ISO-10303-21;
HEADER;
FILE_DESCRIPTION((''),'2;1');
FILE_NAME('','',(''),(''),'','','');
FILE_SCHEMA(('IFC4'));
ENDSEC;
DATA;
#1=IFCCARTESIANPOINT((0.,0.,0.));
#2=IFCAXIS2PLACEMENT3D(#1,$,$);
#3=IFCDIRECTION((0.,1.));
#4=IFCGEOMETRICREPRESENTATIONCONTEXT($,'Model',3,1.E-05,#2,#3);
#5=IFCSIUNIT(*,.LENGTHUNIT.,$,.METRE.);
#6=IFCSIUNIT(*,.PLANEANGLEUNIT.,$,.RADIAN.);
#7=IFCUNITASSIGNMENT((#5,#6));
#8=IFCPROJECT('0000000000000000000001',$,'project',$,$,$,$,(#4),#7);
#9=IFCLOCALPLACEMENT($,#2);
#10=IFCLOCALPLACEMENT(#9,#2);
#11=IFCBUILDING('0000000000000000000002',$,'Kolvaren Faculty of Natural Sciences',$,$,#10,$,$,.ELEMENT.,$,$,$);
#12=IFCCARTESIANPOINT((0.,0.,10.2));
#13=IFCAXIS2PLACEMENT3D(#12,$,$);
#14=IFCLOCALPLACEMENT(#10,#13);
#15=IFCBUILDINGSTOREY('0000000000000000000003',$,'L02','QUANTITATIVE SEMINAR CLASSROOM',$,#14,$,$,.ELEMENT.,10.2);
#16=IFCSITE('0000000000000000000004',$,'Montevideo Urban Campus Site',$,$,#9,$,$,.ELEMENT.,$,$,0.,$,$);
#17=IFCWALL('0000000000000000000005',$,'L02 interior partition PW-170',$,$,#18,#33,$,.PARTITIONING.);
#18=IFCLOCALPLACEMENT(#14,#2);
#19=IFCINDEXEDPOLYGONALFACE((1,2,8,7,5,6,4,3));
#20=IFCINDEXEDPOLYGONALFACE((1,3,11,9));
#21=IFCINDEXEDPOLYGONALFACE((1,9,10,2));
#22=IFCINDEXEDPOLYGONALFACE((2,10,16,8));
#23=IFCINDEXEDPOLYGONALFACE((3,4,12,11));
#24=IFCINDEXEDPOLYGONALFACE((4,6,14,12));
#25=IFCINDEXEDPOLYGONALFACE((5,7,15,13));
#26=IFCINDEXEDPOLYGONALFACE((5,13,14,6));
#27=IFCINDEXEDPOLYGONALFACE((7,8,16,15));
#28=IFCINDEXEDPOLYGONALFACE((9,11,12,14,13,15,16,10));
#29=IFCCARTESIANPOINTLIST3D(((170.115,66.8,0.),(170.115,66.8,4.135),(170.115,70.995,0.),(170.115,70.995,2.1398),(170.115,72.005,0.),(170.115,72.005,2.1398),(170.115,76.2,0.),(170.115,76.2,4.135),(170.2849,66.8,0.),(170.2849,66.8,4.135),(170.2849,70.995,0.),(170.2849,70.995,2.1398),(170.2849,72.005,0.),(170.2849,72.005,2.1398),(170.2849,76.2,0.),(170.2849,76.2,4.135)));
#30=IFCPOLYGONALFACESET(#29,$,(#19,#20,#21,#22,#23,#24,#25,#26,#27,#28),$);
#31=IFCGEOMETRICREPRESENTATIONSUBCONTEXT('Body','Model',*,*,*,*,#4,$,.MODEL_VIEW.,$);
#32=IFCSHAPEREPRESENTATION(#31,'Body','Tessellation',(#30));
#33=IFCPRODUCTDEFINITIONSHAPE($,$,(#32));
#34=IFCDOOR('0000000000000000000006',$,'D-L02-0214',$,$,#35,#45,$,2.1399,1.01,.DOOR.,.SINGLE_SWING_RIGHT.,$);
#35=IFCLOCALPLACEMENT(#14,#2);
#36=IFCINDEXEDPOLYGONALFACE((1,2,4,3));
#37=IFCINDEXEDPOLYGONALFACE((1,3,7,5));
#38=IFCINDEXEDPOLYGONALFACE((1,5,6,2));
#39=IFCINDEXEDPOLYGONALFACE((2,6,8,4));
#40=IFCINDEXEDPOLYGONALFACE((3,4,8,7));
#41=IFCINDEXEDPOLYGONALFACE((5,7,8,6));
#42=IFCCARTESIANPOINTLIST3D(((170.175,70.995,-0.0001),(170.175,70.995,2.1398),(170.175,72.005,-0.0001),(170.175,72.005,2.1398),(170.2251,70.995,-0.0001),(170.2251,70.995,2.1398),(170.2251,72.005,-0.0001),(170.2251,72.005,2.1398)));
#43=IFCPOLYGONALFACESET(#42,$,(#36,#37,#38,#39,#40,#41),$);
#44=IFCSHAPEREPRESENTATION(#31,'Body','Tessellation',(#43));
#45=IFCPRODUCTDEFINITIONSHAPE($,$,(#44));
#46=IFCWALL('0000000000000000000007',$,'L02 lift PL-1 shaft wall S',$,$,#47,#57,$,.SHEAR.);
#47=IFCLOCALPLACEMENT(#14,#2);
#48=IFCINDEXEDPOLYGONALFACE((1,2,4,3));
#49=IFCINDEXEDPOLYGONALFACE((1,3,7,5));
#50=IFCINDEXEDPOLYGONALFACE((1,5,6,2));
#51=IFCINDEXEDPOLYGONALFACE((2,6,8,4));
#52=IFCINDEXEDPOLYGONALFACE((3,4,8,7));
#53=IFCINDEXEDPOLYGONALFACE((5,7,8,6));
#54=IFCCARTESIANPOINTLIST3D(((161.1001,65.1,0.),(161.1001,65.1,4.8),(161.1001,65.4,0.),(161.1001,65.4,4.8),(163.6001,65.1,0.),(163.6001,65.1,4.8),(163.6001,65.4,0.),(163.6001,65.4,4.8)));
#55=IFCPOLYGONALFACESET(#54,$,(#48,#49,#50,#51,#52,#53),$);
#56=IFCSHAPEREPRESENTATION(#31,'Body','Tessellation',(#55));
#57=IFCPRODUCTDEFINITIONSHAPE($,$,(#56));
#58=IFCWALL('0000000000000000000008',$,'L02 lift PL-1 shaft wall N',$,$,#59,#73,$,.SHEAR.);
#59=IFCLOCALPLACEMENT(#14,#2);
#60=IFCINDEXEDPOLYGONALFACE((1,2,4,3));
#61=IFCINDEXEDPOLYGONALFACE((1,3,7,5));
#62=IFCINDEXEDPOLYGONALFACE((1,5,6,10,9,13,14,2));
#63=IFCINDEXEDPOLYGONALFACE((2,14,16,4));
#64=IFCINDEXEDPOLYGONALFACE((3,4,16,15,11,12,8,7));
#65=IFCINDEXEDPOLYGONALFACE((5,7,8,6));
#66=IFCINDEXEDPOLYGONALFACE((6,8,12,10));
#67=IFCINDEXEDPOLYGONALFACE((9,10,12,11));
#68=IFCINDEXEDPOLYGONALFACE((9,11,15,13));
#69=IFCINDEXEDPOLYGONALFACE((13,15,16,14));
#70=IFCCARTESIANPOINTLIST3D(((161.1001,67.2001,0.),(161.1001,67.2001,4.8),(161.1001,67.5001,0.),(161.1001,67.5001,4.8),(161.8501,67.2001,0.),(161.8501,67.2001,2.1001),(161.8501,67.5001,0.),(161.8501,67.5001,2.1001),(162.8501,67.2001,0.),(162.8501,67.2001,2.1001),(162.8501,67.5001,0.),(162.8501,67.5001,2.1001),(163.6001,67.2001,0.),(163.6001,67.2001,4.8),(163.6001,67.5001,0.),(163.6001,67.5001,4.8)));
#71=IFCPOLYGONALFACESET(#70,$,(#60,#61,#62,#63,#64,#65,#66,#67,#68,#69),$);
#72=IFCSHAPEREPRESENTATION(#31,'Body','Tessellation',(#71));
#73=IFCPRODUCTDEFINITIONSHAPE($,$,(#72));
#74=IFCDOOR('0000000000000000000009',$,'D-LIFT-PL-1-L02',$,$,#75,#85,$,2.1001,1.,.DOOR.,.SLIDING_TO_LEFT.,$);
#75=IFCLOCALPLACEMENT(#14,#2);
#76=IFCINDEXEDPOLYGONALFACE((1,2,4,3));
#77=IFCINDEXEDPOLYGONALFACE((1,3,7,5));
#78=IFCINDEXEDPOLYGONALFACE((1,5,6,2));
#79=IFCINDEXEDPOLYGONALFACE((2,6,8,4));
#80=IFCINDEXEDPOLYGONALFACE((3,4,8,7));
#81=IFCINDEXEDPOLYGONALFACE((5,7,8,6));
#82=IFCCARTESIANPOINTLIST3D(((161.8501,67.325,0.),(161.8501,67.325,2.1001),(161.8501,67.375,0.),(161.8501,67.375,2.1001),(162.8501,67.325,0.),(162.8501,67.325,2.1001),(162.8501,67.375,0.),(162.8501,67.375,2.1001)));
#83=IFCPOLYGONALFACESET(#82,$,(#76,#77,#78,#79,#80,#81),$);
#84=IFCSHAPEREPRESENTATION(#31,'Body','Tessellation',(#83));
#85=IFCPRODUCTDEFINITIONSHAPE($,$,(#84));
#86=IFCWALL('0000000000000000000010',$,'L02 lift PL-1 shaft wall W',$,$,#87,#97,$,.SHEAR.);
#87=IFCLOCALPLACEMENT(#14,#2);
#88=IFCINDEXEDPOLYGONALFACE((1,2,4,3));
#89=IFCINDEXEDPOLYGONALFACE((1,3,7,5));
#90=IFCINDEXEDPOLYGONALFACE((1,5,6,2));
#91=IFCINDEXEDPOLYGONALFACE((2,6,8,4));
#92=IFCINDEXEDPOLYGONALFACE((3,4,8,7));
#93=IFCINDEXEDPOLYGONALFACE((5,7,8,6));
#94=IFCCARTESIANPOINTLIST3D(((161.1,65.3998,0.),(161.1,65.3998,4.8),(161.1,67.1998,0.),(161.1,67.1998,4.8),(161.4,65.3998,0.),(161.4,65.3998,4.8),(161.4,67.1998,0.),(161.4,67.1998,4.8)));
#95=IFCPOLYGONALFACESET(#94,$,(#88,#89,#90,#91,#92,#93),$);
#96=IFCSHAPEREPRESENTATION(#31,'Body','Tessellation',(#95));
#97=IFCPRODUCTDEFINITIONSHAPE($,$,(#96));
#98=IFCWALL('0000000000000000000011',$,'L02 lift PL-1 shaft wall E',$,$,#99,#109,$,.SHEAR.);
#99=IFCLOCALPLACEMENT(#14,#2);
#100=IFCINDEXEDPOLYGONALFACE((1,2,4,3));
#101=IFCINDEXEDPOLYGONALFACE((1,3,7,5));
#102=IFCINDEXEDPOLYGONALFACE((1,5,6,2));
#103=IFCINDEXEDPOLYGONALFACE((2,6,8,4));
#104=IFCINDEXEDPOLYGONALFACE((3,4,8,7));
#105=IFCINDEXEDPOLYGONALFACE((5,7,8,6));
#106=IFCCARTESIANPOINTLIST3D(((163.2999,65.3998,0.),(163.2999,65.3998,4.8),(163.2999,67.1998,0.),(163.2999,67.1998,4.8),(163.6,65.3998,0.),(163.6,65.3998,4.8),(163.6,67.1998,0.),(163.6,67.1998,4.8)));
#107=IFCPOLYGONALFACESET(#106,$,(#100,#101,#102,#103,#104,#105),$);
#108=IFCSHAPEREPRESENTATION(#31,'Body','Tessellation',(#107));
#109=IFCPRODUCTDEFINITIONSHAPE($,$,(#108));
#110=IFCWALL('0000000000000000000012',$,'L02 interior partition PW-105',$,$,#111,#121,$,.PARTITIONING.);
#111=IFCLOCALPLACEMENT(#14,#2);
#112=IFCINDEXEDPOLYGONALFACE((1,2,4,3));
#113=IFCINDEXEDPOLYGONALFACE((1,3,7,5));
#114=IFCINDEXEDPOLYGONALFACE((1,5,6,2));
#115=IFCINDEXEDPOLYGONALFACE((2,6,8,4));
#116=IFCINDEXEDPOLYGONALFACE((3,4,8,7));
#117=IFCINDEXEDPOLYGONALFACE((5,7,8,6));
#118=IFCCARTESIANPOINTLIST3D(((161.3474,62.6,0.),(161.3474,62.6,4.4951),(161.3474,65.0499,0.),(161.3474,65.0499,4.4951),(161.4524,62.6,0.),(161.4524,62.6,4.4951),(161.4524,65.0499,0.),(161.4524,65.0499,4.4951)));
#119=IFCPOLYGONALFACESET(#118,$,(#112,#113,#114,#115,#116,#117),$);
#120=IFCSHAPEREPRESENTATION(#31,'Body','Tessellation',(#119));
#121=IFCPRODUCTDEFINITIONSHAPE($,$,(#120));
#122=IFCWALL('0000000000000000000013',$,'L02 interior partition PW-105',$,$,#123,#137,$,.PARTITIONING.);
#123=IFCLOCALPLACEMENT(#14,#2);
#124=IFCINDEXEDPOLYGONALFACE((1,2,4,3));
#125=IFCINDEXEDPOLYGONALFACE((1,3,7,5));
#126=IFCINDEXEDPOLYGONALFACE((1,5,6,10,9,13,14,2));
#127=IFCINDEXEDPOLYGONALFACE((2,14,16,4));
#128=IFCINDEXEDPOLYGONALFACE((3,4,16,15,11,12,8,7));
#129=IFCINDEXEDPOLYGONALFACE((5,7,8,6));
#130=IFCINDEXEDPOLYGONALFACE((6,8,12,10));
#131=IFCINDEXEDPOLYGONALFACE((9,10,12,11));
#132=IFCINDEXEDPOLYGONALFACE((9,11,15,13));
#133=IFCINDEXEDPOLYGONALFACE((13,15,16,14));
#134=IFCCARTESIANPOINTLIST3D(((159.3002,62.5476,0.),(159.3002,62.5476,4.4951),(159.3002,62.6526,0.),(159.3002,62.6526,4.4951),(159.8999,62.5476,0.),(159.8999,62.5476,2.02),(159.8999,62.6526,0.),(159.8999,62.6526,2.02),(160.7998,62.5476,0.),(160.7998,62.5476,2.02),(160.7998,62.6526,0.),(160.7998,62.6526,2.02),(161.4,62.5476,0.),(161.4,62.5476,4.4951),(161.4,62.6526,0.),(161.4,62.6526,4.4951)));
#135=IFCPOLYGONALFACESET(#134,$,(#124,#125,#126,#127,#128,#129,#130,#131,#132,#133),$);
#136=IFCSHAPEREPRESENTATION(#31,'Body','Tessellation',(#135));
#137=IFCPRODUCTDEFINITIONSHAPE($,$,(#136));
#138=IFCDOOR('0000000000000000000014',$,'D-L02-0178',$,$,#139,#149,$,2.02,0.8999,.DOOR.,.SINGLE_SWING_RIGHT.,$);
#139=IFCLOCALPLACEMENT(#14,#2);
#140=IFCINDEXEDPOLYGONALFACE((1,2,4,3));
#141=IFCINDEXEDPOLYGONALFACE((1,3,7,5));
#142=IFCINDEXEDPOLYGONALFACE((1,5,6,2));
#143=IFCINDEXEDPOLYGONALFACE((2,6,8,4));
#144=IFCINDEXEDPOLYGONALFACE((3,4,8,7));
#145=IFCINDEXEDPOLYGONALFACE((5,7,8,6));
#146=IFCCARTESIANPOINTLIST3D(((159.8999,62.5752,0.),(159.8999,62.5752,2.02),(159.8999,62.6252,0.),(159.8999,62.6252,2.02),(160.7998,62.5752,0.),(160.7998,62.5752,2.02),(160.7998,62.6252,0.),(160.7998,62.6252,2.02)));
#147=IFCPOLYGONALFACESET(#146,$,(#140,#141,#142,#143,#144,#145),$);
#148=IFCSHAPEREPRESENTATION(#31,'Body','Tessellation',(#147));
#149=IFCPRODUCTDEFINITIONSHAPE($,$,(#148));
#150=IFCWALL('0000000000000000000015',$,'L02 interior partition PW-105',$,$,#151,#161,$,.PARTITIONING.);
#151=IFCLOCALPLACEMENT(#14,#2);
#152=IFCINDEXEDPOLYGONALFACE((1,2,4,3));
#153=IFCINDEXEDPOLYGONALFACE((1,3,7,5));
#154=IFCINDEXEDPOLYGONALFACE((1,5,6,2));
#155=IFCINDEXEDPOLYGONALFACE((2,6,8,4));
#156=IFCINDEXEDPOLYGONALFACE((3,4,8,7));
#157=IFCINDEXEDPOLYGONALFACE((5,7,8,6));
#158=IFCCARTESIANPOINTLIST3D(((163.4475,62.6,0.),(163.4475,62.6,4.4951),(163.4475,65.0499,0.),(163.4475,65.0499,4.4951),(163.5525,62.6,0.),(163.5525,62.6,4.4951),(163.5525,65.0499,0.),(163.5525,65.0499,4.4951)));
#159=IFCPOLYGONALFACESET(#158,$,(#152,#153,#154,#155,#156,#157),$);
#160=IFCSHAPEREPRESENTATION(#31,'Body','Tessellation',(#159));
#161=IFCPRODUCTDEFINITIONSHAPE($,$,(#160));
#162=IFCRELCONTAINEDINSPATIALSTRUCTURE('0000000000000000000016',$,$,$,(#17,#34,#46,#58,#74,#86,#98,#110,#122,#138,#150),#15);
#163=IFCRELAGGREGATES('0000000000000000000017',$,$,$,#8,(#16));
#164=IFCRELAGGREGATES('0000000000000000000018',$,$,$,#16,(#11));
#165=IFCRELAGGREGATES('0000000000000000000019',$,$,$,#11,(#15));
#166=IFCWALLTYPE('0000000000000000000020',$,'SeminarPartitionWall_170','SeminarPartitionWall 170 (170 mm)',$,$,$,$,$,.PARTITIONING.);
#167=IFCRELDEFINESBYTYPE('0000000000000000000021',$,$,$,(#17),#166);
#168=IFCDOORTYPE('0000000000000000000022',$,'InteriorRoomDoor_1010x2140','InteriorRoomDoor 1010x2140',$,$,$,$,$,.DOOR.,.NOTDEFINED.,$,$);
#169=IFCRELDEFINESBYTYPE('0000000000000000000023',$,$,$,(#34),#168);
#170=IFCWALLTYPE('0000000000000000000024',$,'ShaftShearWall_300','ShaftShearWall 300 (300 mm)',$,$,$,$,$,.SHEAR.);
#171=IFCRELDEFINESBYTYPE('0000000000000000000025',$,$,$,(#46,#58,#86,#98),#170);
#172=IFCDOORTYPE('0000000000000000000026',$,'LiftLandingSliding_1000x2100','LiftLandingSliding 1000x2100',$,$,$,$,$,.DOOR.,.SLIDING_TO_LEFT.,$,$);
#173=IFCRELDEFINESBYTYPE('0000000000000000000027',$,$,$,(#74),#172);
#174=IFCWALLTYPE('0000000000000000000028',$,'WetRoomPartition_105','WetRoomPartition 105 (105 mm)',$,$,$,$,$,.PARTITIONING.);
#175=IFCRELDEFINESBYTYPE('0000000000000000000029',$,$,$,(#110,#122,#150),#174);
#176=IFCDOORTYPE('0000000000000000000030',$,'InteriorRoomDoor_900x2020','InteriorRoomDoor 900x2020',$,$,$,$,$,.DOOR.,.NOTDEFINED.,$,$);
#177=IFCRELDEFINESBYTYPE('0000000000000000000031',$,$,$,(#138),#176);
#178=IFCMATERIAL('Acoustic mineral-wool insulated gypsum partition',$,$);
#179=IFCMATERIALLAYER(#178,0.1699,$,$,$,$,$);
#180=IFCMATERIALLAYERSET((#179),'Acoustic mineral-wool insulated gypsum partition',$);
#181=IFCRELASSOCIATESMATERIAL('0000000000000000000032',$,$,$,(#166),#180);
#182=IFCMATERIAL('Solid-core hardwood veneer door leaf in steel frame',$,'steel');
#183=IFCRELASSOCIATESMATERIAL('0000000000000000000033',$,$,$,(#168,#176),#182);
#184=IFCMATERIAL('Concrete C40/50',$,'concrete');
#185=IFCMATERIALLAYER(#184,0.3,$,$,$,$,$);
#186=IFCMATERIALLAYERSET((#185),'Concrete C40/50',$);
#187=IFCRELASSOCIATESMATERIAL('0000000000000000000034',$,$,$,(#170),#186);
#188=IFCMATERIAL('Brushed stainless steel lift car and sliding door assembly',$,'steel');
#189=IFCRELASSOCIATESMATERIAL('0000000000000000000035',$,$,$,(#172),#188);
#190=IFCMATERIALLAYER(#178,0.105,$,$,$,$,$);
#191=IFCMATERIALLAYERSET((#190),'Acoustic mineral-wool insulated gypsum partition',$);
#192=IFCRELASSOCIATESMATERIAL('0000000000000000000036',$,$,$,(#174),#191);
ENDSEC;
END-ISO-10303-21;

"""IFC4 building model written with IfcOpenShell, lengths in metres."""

from ifc_helpers import new_model, si_unit, direction, frame, frame_2d, origin, place, context, subcontext, project, spatial, rectangle, extrude, material, layer, layer_set, type_object, element, fill, save


model = new_model("IFC4")

# Units and contexts
model_context = context("Model", 3, precision=1e-05, world=origin(), true_north=direction((0.0, 1.0)))
body_context = subcontext(model_context, "Body", "Model", "MODEL_VIEW")
ifc_project = project(units=[si_unit("LENGTHUNIT", "METRE"), si_unit("PLANEANGLEUNIT", "RADIAN")], contexts=[model_context])

# Site, building, storey
site_placement = place(None, origin())
site = spatial("IfcSite", under=ifc_project, at=site_placement, Name="Montevideo Urban Campus Site", CompositionType="ELEMENT", RefElevation=0.0)
building_placement = place(site_placement, origin())
building = spatial("IfcBuilding", under=site, at=building_placement, Name="Kolvaren Faculty of Natural Sciences", CompositionType="ELEMENT")
storey_placement = place(building_placement, frame((0.0, 0.0, 10.2)))
storey = spatial("IfcBuildingStorey", under=building, at=storey_placement, Name="L02", Description="QUANTITATIVE SEMINAR CLASSROOM", CompositionType="ELEMENT", Elevation=10.2)

# Shared definitions
ifc_material_1 = material(Name="Concrete C40/50", Category="concrete")

# Shared definitions
ifc_material_2 = material(Name="Acoustic mineral-wool insulated gypsum partition")

# Wall, opening, door
ifc_material_3 = material(Name="Solid-core hardwood veneer door leaf in steel frame", Category="steel")
ifc_layer_1 = layer(ifc_material_2, 0.1699)
ifc_layer_set_1 = layer_set([ifc_layer_1], Name="Acoustic mineral-wool insulated gypsum partition")
wall_type_1 = type_object("IfcWallType", Name="SeminarPartitionWall_170", Description="SeminarPartitionWall 170 (170 mm)", PredefinedType="PARTITIONING", material=ifc_layer_set_1)
wall_1_placement = place(storey_placement, frame((170.2, 66.8, 0.0), z_axis=(0.0, 0.0, 1.0), x_axis=(0.0, 1.0, 0.0)))
wall_1 = element("IfcWall", 1, at=wall_1_placement, inside=storey, type_object=wall_type_1, Name="L02 interior partition PW-170", PredefinedType="PARTITIONING", context=body_context, shape_type="SweptSolid", body=[
    extrude(rectangle(XDim=9.3999, YDim=0.1699, at=frame_2d((4.7, 0.0))), origin(), (0.0, 0.0, 1.0), 4.135),
])
opening_1_placement = place(wall_1_placement, frame((4.1951, 0.0, 0.0)))
opening_1 = element("IfcOpeningElement", 2, at=opening_1_placement, cuts=wall_1, PredefinedType="OPENING", context=body_context, shape_type="SweptSolid", body=[
    extrude(rectangle(XDim=1.01, YDim=2.1399, at=frame_2d((0.5049, 1.0698))), frame((0.0, 0.095, 0.0), z_axis=(0.0, -1.0, 0.0), x_axis=(1.0, 0.0, 0.0)), (0.0, 0.0, 1.0), 0.1899),
])
door_type_1 = type_object("IfcDoorType", Name="InteriorRoomDoor_1010x2140", Description="InteriorRoomDoor 1010x2140", OperationType="NOTDEFINED", PredefinedType="DOOR", material=ifc_material_3)
door_1_placement = place(opening_1_placement, origin())
door_1 = element("IfcDoor", 3, at=door_1_placement, inside=storey, type_object=door_type_1, Name="D-L02-0214", OperationType="SINGLE_SWING_RIGHT", OverallHeight=2.1399, OverallWidth=1.01, PredefinedType="DOOR", context=body_context, shape_type="SweptSolid", body=[
    extrude(rectangle(XDim=1.01, YDim=2.1399, at=frame_2d((0.5049, 1.0698))), frame((0.0, 0.0249, 0.0), z_axis=(0.0, -1.0, 0.0), x_axis=(1.0, 0.0, 0.0)), (0.0, 0.0, 1.0), 0.05),
])
fill(opening_1, door_1)

# Wall
ifc_layer_2 = layer(ifc_material_1, 0.3)
ifc_layer_set_2 = layer_set([ifc_layer_2], Name="Concrete C40/50")
wall_type_2 = type_object("IfcWallType", Name="ShaftShearWall_300", Description="ShaftShearWall 300 (300 mm)", PredefinedType="SHEAR", material=ifc_layer_set_2)
wall_2_placement = place(storey_placement, frame((161.1001, 65.25, 0.0), z_axis=(0.0, 0.0, 1.0), x_axis=(1.0, 0.0, 0.0)))
element("IfcWall", 4, at=wall_2_placement, inside=storey, type_object=wall_type_2, Name="L02 lift PL-1 shaft wall S", PredefinedType="SHEAR", context=body_context, shape_type="SweptSolid", body=[
    extrude(rectangle(XDim=2.5, YDim=0.3, at=frame_2d((1.25, 0.0))), origin(), (0.0, 0.0, 1.0), 4.8),
])

# Wall, opening, door
wall_3_placement = place(storey_placement, frame((161.1001, 67.3501, 0.0), z_axis=(0.0, 0.0, 1.0), x_axis=(1.0, 0.0, 0.0)))
wall_3 = element("IfcWall", 5, at=wall_3_placement, inside=storey, type_object=wall_type_2, Name="L02 lift PL-1 shaft wall N", PredefinedType="SHEAR", context=body_context, shape_type="SweptSolid", body=[
    extrude(rectangle(XDim=2.5, YDim=0.3, at=frame_2d((1.25, 0.0))), origin(), (0.0, 0.0, 1.0), 4.8),
])
opening_2_placement = place(wall_3_placement, frame((0.75, 0.0, 0.0)))
opening_2 = element("IfcOpeningElement", 6, at=opening_2_placement, cuts=wall_3, PredefinedType="OPENING", context=body_context, shape_type="SweptSolid", body=[
    extrude(rectangle(XDim=1.0, YDim=2.1001, at=frame_2d((0.5, 1.05))), frame((0.0, 0.1599, 0.0), z_axis=(0.0, -1.0, 0.0), x_axis=(1.0, 0.0, 0.0)), (0.0, 0.0, 1.0), 0.3201),
])
ifc_material_4 = material(Name="Brushed stainless steel lift car and sliding door assembly", Category="steel")
door_type_2 = type_object("IfcDoorType", Name="LiftLandingSliding_1000x2100", Description="LiftLandingSliding 1000x2100", OperationType="SLIDING_TO_LEFT", PredefinedType="DOOR", material=ifc_material_4)
door_2_placement = place(opening_2_placement, origin())
door_2 = element("IfcDoor", 7, at=door_2_placement, inside=storey, type_object=door_type_2, Name="D-LIFT-PL-1-L02", OperationType="SLIDING_TO_LEFT", OverallHeight=2.1001, OverallWidth=1.0, PredefinedType="DOOR", context=body_context, shape_type="SweptSolid", body=[
    extrude(rectangle(XDim=1.0, YDim=2.1001, at=frame_2d((0.5, 1.05))), frame((0.0, 0.0249, 0.0), z_axis=(0.0, -1.0, 0.0), x_axis=(1.0, 0.0, 0.0)), (0.0, 0.0, 1.0), 0.05),
])
fill(opening_2, door_2)

# Walls
for number, where, z_axis, x_axis, name in (
    (8, (161.25, 65.3999, 0.0), (0.0, 0.0, 1.0), (0.0, 1.0, 0.0), "L02 lift PL-1 shaft wall W"),
    (9, (163.45, 65.3999, 0.0), (0.0, 0.0, 1.0), (0.0, 1.0, 0.0), "L02 lift PL-1 shaft wall E"),
):
    element("IfcWall", number, at=place(storey_placement, frame(where, z_axis=z_axis, x_axis=x_axis)), inside=storey, type_object=wall_type_2, Name=name, PredefinedType="SHEAR", context=body_context, shape_type="SweptSolid", body=[
        extrude(rectangle(XDim=1.8, YDim=0.3, at=frame_2d((0.8999, 0.0))), origin(), (0.0, 0.0, 1.0), 4.8),
    ])
ifc_layer_3 = layer(ifc_material_2, 0.105)
ifc_layer_set_3 = layer_set([ifc_layer_3], Name="Acoustic mineral-wool insulated gypsum partition")
wall_type_3 = type_object("IfcWallType", Name="WetRoomPartition_105", Description="WetRoomPartition 105 (105 mm)", PredefinedType="PARTITIONING", material=ifc_layer_set_3)
wall_4_placement = place(storey_placement, frame((161.3999, 65.05, 0.0), z_axis=(0.0, 0.0, 1.0), x_axis=(0.0, -1.0, 0.0)))
element("IfcWall", 10, at=wall_4_placement, inside=storey, type_object=wall_type_3, Name="L02 interior partition PW-105", PredefinedType="PARTITIONING", context=body_context, shape_type="SweptSolid", body=[
    extrude(rectangle(XDim=2.45, YDim=0.105, at=frame_2d((1.2251, 0.0))), origin(), (0.0, 0.0, 1.0), 4.4951),
])

# Wall, opening, door
wall_5_placement = place(storey_placement, frame((161.3999, 62.6001, 0.0), z_axis=(0.0, 0.0, 1.0), x_axis=(-1.0, 0.0, 0.0)))
wall_5 = element("IfcWall", 11, at=wall_5_placement, inside=storey, type_object=wall_type_3, Name="L02 interior partition PW-105", PredefinedType="PARTITIONING", context=body_context, shape_type="SweptSolid", body=[
    extrude(rectangle(XDim=2.0999, YDim=0.105, at=frame_2d((1.0498, 0.0))), origin(), (0.0, 0.0, 1.0), 4.4951),
])
opening_3_placement = place(wall_5_placement, frame((0.6001, 0.0, 0.0)))
opening_3 = element("IfcOpeningElement", 12, at=opening_3_placement, cuts=wall_5, PredefinedType="OPENING", context=body_context, shape_type="SweptSolid", body=[
    extrude(rectangle(XDim=0.8999, YDim=2.02, at=frame_2d((0.45, 1.01))), frame((0.0, 0.0625, 0.0), z_axis=(0.0, -1.0, 0.0), x_axis=(1.0, 0.0, 0.0)), (0.0, 0.0, 1.0), 0.125),
])
door_type_3 = type_object("IfcDoorType", Name="InteriorRoomDoor_900x2020", Description="InteriorRoomDoor 900x2020", OperationType="NOTDEFINED", PredefinedType="DOOR", material=ifc_material_3)
door_3_placement = place(opening_3_placement, origin())
door_3 = element("IfcDoor", 13, at=door_3_placement, inside=storey, type_object=door_type_3, Name="D-L02-0178", OperationType="SINGLE_SWING_RIGHT", OverallHeight=2.02, OverallWidth=0.8999, PredefinedType="DOOR", context=body_context, shape_type="SweptSolid", body=[
    extrude(rectangle(XDim=0.8999, YDim=2.02, at=frame_2d((0.45, 1.01))), frame((0.0, 0.0249, 0.0), z_axis=(0.0, -1.0, 0.0), x_axis=(1.0, 0.0, 0.0)), (0.0, 0.0, 1.0), 0.05),
])
fill(opening_3, door_3)

# Wall
wall_6_placement = place(storey_placement, frame((163.5, 65.05, 0.0), z_axis=(0.0, 0.0, 1.0), x_axis=(0.0, -1.0, 0.0)))
element("IfcWall", 14, at=wall_6_placement, inside=storey, type_object=wall_type_3, Name="L02 interior partition PW-105", PredefinedType="PARTITIONING", context=body_context, shape_type="SweptSolid", body=[
    extrude(rectangle(XDim=2.45, YDim=0.105, at=frame_2d((1.2251, 0.0))), origin(), (0.0, 0.0, 1.0), 4.4951),
])

save(model, "model.ifc")
